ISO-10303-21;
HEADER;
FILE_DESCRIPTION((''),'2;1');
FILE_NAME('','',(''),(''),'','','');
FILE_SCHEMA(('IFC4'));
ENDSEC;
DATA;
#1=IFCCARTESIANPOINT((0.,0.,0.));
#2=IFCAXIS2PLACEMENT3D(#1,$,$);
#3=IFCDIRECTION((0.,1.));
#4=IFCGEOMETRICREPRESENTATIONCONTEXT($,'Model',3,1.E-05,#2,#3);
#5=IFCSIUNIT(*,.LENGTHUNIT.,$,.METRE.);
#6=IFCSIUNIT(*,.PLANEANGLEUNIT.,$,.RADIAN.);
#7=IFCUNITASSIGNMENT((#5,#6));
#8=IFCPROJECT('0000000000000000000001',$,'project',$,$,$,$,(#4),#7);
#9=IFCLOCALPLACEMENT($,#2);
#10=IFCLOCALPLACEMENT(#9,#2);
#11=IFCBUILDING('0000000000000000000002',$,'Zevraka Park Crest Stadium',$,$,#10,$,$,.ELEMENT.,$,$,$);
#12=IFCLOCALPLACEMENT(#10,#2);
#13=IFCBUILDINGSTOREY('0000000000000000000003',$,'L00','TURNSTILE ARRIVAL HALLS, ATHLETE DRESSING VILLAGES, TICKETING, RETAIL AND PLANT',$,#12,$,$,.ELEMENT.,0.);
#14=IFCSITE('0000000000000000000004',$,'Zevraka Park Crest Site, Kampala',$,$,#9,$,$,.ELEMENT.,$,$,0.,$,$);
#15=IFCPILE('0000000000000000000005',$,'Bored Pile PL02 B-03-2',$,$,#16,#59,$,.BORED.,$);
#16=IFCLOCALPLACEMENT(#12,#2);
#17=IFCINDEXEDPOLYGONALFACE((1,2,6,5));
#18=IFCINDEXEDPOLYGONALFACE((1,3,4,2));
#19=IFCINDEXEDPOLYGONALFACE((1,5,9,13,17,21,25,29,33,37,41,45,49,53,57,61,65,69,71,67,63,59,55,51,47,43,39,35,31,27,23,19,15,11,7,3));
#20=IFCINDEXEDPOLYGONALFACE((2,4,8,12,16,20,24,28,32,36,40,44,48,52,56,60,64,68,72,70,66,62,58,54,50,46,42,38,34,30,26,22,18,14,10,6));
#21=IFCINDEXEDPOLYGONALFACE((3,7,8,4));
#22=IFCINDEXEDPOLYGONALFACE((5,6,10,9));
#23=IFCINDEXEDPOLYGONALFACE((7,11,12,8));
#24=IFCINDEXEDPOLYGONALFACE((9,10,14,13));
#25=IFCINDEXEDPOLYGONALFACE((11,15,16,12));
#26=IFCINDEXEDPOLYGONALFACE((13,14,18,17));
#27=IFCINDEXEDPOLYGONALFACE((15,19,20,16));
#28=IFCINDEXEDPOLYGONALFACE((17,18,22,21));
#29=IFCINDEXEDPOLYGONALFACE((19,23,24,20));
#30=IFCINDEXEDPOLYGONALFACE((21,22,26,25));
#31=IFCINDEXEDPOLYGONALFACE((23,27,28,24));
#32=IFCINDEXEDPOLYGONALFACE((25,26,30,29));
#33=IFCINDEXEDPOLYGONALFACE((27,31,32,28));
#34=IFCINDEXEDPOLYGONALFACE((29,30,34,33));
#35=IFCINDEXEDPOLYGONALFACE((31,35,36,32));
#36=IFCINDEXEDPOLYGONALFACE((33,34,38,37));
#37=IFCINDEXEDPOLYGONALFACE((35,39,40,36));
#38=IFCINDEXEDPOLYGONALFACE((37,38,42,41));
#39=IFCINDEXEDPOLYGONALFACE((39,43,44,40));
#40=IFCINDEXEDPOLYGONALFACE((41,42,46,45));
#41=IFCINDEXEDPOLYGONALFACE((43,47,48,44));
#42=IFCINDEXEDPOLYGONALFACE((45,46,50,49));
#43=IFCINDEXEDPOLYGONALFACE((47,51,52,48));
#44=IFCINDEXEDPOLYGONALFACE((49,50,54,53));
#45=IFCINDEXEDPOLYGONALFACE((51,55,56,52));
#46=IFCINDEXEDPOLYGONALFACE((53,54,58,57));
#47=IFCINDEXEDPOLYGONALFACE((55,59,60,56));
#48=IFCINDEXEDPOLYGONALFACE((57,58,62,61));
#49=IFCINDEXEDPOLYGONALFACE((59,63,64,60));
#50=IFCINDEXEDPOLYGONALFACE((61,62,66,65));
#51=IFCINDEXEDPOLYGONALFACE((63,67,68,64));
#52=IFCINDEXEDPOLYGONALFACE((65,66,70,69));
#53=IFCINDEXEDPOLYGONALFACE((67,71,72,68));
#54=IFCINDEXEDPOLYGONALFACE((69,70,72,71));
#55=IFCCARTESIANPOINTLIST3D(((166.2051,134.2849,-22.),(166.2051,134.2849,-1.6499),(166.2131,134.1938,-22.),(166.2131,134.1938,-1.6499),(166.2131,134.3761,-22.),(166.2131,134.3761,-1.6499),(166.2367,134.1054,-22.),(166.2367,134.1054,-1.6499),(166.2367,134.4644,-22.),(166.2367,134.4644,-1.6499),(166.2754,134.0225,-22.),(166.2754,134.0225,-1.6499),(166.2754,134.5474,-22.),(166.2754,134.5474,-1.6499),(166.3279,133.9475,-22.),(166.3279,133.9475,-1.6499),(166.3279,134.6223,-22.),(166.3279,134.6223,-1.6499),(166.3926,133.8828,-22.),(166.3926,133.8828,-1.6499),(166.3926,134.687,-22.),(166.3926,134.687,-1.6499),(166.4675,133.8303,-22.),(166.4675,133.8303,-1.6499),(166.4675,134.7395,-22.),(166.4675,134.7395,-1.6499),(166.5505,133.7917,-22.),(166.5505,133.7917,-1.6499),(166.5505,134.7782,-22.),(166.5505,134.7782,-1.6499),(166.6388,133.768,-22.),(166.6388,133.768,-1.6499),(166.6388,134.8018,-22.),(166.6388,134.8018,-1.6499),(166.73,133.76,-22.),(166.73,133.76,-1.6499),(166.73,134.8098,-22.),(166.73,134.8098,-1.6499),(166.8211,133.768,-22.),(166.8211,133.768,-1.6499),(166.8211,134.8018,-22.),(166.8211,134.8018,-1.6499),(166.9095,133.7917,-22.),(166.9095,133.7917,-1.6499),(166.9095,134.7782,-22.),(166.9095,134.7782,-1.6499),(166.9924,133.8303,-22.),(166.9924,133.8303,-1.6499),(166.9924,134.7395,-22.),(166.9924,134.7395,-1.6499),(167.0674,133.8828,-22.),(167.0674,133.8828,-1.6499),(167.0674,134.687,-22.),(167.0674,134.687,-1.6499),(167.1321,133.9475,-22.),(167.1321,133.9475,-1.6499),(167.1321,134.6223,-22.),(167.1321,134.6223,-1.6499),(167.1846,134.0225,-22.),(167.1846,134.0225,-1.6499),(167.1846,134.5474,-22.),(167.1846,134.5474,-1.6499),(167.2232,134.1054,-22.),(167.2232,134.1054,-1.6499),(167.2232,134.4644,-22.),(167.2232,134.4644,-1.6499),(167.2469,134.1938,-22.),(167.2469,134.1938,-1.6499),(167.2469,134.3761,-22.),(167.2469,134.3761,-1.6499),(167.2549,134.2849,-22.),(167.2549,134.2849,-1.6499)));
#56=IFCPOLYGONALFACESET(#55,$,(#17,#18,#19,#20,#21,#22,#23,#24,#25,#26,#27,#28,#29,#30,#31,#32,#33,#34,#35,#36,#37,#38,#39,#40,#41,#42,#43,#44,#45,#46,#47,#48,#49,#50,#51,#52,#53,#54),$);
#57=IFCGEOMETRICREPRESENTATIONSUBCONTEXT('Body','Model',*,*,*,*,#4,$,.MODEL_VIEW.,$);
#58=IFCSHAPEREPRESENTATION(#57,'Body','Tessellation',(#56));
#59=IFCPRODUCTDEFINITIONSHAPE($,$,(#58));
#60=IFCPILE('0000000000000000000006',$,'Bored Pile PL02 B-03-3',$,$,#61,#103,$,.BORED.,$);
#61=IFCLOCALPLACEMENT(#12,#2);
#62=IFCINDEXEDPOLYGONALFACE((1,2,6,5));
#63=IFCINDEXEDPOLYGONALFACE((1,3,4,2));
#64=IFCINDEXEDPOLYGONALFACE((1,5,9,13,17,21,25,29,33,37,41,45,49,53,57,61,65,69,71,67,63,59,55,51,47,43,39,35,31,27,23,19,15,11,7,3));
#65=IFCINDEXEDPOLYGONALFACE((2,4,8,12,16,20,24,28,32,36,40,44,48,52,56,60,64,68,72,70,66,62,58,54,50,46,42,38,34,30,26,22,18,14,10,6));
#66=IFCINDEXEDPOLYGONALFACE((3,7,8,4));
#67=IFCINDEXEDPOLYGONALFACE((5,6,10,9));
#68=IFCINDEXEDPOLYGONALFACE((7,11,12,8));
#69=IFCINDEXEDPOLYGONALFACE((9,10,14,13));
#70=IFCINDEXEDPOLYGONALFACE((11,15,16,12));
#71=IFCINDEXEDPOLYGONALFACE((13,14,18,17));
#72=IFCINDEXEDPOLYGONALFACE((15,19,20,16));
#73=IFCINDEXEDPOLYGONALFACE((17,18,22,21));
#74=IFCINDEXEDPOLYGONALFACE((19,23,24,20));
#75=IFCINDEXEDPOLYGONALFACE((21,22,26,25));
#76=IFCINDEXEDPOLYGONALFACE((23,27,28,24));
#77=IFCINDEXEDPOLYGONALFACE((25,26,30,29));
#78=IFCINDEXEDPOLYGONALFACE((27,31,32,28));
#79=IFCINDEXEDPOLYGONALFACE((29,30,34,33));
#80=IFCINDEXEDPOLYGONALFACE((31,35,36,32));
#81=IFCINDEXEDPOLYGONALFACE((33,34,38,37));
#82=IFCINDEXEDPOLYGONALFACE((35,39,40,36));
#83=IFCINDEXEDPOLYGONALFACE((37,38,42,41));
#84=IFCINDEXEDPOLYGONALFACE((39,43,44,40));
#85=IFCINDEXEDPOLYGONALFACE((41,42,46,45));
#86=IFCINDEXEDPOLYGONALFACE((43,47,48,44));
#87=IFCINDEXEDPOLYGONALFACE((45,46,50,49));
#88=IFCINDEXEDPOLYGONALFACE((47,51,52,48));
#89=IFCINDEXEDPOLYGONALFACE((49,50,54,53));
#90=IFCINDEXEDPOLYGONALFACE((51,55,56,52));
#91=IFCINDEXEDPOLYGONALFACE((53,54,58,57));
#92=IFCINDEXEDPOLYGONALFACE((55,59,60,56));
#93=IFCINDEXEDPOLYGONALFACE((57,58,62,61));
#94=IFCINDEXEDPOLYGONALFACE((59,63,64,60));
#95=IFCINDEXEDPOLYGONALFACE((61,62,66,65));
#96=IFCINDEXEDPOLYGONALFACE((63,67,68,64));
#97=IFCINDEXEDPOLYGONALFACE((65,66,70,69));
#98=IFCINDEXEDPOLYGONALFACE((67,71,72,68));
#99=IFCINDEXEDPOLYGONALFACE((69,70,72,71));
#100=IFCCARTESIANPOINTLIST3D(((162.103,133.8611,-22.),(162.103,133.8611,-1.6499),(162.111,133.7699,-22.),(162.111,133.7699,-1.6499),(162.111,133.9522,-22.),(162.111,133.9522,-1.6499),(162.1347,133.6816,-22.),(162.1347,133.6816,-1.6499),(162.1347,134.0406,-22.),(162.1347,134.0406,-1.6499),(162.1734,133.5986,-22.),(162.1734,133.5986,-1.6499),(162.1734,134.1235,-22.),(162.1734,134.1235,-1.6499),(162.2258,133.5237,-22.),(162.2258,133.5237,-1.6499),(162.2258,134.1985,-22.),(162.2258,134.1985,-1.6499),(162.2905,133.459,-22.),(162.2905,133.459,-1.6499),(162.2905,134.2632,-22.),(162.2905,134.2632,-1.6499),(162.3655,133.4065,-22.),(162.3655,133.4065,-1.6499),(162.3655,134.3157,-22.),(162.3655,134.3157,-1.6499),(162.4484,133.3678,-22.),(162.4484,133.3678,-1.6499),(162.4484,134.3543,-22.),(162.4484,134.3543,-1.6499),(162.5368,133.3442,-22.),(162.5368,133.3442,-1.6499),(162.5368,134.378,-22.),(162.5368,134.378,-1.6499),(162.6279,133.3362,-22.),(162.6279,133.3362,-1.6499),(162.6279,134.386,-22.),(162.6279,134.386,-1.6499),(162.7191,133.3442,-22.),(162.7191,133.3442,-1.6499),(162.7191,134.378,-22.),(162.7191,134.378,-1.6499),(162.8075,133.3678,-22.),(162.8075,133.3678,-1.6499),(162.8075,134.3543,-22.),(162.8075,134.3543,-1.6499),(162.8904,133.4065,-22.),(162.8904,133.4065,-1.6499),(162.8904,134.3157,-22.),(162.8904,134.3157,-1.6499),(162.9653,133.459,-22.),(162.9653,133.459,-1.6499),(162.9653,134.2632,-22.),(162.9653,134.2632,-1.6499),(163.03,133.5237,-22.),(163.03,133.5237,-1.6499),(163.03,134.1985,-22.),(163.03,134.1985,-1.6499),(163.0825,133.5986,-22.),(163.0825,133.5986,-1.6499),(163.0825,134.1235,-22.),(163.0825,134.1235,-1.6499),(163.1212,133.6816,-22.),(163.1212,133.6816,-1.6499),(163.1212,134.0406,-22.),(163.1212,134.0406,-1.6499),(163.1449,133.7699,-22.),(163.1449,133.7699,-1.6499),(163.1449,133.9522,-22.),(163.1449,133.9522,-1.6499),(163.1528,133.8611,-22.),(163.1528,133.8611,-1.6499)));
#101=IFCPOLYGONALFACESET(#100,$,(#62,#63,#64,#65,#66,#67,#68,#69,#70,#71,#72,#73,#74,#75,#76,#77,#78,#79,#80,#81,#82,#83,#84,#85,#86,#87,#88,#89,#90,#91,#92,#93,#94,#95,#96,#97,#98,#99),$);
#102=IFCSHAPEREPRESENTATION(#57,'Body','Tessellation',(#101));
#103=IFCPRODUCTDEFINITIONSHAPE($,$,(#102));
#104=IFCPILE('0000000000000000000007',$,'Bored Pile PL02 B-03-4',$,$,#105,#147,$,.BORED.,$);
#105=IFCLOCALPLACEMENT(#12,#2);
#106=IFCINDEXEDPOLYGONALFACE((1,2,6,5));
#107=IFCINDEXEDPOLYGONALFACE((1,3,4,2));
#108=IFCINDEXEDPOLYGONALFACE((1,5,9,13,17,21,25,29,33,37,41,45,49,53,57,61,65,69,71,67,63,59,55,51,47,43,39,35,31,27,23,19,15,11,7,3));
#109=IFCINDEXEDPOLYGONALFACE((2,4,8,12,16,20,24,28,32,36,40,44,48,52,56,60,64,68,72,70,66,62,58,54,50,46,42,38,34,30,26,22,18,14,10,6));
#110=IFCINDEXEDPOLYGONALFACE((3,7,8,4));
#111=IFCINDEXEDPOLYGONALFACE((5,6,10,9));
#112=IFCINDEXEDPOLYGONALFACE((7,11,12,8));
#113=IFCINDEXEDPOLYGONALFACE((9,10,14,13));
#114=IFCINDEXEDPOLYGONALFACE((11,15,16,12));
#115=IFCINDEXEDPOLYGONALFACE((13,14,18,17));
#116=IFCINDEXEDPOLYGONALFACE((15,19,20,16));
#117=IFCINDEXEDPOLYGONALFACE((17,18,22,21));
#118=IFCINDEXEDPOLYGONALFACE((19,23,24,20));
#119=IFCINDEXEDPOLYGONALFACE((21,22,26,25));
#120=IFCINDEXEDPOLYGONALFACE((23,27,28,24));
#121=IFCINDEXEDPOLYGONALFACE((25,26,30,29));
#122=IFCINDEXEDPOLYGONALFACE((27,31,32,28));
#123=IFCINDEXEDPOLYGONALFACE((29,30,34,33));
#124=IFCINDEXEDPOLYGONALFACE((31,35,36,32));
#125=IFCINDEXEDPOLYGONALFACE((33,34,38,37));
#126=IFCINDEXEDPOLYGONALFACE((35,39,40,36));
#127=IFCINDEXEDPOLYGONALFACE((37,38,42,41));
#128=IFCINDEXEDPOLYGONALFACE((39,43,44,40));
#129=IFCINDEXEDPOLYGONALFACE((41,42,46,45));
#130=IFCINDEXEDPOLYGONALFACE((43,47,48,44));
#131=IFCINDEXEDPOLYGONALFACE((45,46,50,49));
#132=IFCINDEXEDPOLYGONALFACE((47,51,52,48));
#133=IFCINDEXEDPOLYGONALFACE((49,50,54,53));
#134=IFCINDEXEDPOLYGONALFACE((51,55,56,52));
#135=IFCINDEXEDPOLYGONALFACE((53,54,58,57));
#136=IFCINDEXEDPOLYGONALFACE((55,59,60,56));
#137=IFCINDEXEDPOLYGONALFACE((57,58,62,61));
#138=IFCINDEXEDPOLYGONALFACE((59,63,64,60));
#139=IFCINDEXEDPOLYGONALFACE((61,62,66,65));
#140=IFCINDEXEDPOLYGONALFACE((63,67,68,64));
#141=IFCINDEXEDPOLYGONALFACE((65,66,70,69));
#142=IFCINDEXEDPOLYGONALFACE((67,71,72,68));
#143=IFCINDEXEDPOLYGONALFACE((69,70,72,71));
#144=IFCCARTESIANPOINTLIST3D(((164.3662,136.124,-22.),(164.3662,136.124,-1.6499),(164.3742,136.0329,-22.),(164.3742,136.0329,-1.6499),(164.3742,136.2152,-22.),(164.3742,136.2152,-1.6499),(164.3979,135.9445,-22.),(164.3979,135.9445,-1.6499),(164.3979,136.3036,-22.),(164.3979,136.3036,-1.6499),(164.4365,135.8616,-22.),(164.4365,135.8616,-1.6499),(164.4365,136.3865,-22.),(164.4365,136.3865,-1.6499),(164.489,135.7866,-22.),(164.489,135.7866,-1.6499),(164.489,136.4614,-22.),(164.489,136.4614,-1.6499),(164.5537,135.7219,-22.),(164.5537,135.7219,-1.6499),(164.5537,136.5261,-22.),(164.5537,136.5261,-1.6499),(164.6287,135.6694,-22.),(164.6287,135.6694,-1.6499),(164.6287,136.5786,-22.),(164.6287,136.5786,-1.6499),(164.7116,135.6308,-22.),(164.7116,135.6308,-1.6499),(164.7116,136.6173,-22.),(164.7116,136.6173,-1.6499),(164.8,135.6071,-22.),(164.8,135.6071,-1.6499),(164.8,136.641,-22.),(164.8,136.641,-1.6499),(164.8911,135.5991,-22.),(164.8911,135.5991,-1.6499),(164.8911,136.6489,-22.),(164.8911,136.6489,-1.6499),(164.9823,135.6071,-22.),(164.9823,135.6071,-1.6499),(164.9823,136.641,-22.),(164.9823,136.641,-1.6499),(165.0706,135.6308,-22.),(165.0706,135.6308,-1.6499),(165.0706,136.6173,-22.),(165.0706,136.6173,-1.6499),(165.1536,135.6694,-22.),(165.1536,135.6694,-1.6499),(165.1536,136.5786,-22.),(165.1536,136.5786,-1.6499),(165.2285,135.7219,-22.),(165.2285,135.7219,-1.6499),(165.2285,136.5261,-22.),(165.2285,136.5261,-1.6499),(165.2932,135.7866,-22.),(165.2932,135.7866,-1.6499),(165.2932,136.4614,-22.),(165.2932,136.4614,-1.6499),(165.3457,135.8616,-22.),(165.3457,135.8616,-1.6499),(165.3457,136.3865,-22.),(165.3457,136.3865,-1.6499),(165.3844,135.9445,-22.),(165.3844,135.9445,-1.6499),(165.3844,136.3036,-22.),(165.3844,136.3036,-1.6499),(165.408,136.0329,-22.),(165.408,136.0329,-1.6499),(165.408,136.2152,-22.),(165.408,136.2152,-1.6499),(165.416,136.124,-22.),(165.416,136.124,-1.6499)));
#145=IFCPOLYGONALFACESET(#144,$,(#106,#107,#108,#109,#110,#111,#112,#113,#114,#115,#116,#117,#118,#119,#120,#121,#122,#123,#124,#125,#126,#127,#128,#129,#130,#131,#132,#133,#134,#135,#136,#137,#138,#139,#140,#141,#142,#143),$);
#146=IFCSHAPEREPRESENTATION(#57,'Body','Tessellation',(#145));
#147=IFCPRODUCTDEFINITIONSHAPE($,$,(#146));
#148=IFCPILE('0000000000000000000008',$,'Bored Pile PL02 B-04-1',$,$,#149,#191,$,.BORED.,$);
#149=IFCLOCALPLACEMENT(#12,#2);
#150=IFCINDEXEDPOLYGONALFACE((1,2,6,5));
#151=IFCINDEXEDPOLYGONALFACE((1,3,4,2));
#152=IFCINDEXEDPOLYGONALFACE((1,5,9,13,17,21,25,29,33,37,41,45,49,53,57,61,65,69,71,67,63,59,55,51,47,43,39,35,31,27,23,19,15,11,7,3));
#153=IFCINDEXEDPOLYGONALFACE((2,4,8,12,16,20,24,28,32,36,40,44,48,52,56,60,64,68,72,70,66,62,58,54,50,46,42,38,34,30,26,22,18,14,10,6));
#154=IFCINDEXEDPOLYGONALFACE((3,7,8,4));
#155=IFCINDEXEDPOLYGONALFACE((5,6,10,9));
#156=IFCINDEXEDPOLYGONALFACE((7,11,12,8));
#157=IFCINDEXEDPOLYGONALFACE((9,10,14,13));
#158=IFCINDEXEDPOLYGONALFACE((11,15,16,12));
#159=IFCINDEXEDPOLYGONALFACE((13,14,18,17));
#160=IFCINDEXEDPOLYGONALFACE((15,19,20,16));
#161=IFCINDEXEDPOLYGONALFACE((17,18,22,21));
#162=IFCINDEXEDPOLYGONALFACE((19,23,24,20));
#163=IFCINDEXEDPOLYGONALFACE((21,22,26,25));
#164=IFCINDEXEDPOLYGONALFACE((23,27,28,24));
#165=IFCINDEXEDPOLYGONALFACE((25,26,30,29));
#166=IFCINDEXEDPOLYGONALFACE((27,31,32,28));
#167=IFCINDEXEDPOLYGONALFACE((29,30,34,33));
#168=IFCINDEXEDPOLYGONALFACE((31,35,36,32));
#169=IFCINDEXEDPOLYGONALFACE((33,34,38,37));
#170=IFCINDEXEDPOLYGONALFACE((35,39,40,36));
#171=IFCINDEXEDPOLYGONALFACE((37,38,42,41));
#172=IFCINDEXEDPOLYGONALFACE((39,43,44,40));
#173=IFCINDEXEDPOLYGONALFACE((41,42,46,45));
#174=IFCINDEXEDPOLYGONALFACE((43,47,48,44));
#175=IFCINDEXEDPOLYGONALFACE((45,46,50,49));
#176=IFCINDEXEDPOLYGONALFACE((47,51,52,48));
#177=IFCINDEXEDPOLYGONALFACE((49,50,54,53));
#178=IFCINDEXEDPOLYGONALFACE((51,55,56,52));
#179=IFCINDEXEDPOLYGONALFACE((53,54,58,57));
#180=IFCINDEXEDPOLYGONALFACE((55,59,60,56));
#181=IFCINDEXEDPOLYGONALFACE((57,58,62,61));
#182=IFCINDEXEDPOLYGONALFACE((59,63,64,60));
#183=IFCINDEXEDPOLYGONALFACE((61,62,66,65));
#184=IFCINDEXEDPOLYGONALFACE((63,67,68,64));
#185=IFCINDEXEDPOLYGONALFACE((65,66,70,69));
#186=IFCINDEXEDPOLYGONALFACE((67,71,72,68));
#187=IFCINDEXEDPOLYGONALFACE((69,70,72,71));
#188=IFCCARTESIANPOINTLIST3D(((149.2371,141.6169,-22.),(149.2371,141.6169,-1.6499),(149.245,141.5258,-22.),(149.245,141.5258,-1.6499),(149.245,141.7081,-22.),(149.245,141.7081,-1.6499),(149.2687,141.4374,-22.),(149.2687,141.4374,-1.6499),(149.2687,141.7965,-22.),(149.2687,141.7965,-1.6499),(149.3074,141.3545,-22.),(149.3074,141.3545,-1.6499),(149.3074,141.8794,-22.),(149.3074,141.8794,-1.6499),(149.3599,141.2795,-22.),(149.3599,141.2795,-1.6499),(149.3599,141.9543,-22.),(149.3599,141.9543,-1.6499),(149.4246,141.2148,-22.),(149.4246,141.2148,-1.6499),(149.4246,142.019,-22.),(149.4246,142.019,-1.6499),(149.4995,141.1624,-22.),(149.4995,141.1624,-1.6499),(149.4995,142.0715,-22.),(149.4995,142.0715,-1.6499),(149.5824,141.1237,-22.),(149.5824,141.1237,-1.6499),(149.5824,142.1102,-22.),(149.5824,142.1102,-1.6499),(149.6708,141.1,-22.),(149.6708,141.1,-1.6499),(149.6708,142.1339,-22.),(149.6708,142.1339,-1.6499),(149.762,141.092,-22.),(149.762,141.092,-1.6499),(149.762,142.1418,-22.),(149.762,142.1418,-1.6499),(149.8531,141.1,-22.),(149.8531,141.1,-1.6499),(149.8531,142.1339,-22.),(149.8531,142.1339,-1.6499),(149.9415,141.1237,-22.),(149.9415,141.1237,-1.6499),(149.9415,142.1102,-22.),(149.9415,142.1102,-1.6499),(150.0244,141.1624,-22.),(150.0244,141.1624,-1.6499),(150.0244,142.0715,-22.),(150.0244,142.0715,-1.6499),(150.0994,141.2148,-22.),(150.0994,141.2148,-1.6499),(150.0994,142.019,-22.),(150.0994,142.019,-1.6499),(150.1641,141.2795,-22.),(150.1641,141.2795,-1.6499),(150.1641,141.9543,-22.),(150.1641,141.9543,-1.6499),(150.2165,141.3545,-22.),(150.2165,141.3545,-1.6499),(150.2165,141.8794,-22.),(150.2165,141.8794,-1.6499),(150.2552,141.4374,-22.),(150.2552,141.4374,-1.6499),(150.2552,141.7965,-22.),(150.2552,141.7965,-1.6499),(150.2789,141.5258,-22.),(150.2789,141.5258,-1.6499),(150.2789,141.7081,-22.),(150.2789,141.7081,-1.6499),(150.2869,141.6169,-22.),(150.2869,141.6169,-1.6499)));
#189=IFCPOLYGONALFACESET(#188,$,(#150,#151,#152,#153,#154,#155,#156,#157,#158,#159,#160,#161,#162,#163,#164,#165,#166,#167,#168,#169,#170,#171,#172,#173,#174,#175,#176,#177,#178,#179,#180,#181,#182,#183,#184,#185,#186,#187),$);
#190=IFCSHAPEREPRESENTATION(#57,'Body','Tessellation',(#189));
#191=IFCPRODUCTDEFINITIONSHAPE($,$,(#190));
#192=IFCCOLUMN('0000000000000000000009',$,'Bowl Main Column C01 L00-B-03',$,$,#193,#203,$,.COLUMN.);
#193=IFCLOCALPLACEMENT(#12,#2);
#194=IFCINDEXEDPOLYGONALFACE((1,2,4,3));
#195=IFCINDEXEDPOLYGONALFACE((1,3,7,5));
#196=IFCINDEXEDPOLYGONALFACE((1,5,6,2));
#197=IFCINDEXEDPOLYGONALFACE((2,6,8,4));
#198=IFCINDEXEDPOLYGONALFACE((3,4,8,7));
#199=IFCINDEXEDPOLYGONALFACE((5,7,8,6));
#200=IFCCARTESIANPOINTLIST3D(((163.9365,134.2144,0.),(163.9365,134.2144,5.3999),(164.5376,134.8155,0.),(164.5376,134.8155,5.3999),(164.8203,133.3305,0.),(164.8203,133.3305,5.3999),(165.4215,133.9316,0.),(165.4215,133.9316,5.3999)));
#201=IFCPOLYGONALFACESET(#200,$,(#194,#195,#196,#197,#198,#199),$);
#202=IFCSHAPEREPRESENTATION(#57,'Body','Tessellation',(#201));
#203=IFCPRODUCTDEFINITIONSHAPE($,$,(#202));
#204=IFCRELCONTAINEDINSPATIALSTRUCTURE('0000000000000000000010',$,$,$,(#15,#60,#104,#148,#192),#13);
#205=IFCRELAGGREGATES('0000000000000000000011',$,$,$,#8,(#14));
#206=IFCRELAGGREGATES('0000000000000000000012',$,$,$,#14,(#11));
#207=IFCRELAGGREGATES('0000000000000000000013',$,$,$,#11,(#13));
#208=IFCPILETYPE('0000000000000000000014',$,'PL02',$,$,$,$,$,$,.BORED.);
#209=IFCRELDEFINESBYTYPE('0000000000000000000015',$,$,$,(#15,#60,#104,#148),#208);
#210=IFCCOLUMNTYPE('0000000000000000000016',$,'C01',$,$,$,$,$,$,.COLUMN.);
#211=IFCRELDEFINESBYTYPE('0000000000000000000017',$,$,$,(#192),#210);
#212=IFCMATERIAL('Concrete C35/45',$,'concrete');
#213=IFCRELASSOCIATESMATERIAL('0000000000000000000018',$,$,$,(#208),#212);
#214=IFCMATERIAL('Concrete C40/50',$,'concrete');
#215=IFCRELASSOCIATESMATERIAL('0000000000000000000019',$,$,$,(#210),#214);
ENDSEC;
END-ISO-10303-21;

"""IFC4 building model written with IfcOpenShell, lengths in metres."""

from ifc_helpers import new_model, si_unit, direction, frame, origin, origin_2d, place, context, subcontext, project, spatial, rectangle, circle, extrude, material, material_profile, profile_set, type_object, element, save


model = new_model("IFC4")

# Units and contexts
model_context = context("Model", 3, precision=1e-05, world=origin(), true_north=direction((0.0, 1.0)))
body_context = subcontext(model_context, "Body", "Model", "MODEL_VIEW")
ifc_project = project(units=[si_unit("LENGTHUNIT", "METRE"), si_unit("PLANEANGLEUNIT", "RADIAN")], contexts=[model_context])

# Site, building, storey
site_placement = place(None, origin())
site = spatial("IfcSite", under=ifc_project, at=site_placement, Name="Zevraka Park Crest Site, Kampala", CompositionType="ELEMENT", RefElevation=0.0)
building_placement = place(site_placement, origin())
building = spatial("IfcBuilding", under=site, at=building_placement, Name="Zevraka Park Crest Stadium", CompositionType="ELEMENT")
storey_placement = place(building_placement, origin())
storey = spatial("IfcBuildingStorey", under=building, at=storey_placement, Name="L00", Description="TURNSTILE ARRIVAL HALLS, ATHLETE DRESSING VILLAGES, TICKETING, RETAIL AND PLANT", CompositionType="ELEMENT", Elevation=0.0)

# Piles
ifc_material_1 = material(Name="Concrete C35/45", Category="concrete")
ifc_material_profile_1 = material_profile(ifc_material_1, circle(Radius=0.5249, at=origin_2d()), Name="PILE D1050")
ifc_profile_set_1 = profile_set([ifc_material_profile_1], Name="Concrete C35/45")
pile_type_1 = type_object("IfcPileType", Name="PL02", PredefinedType="BORED", material=ifc_profile_set_1)
for number, where, z_axis, x_axis, name in (
    (1, (166.73, 134.2849, -1.6499), (0.0, 0.0, -1.0), (1.0, 0.0, 0.0), "Bored Pile PL02 B-03-2"),
    (2, (162.6279, 133.8611, -1.6499), (0.0, 0.0, -1.0), (1.0, 0.0, 0.0), "Bored Pile PL02 B-03-3"),
    (3, (164.8911, 136.124, -1.6499), (0.0, 0.0, -1.0), (1.0, 0.0, 0.0), "Bored Pile PL02 B-03-4"),
    (4, (149.762, 141.6169, -1.6499), (0.0, 0.0, -1.0), (1.0, 0.0, 0.0), "Bored Pile PL02 B-04-1"),
):
    element("IfcPile", number, at=place(storey_placement, frame(where, z_axis=z_axis, x_axis=x_axis)), inside=storey, type_object=pile_type_1, Name=name, PredefinedType="BORED", context=body_context, shape_type="SweptSolid", body=[
        extrude(circle(Radius=0.5249, at=origin_2d()), origin(), (0.0, 0.0, 1.0), 20.3501),
    ])

# Column
ifc_material_2 = material(Name="Concrete C40/50", Category="concrete")
ifc_material_profile_2 = material_profile(ifc_material_2, rectangle(XDim=0.8501, YDim=1.25, at=origin_2d()), Name="RC 1250x850")
ifc_profile_set_2 = profile_set([ifc_material_profile_2], Name="Concrete C40/50")
column_type_1 = type_object("IfcColumnType", Name="C01", PredefinedType="COLUMN", material=ifc_profile_set_2)
column_1_placement = place(storey_placement, frame((164.679, 134.073, 0.0), z_axis=(0.0, 0.0, 1.0), x_axis=(0.707107, 0.707107, 0.0)))
element("IfcColumn", 5, at=column_1_placement, inside=storey, type_object=column_type_1, Name="Bowl Main Column C01 L00-B-03", PredefinedType="COLUMN", context=body_context, shape_type="SweptSolid", body=[
    extrude(rectangle(XDim=0.8501, YDim=1.25, at=origin_2d()), origin(), (0.0, 0.0, 1.0), 5.3999),
])

save(model, "model.ifc")
